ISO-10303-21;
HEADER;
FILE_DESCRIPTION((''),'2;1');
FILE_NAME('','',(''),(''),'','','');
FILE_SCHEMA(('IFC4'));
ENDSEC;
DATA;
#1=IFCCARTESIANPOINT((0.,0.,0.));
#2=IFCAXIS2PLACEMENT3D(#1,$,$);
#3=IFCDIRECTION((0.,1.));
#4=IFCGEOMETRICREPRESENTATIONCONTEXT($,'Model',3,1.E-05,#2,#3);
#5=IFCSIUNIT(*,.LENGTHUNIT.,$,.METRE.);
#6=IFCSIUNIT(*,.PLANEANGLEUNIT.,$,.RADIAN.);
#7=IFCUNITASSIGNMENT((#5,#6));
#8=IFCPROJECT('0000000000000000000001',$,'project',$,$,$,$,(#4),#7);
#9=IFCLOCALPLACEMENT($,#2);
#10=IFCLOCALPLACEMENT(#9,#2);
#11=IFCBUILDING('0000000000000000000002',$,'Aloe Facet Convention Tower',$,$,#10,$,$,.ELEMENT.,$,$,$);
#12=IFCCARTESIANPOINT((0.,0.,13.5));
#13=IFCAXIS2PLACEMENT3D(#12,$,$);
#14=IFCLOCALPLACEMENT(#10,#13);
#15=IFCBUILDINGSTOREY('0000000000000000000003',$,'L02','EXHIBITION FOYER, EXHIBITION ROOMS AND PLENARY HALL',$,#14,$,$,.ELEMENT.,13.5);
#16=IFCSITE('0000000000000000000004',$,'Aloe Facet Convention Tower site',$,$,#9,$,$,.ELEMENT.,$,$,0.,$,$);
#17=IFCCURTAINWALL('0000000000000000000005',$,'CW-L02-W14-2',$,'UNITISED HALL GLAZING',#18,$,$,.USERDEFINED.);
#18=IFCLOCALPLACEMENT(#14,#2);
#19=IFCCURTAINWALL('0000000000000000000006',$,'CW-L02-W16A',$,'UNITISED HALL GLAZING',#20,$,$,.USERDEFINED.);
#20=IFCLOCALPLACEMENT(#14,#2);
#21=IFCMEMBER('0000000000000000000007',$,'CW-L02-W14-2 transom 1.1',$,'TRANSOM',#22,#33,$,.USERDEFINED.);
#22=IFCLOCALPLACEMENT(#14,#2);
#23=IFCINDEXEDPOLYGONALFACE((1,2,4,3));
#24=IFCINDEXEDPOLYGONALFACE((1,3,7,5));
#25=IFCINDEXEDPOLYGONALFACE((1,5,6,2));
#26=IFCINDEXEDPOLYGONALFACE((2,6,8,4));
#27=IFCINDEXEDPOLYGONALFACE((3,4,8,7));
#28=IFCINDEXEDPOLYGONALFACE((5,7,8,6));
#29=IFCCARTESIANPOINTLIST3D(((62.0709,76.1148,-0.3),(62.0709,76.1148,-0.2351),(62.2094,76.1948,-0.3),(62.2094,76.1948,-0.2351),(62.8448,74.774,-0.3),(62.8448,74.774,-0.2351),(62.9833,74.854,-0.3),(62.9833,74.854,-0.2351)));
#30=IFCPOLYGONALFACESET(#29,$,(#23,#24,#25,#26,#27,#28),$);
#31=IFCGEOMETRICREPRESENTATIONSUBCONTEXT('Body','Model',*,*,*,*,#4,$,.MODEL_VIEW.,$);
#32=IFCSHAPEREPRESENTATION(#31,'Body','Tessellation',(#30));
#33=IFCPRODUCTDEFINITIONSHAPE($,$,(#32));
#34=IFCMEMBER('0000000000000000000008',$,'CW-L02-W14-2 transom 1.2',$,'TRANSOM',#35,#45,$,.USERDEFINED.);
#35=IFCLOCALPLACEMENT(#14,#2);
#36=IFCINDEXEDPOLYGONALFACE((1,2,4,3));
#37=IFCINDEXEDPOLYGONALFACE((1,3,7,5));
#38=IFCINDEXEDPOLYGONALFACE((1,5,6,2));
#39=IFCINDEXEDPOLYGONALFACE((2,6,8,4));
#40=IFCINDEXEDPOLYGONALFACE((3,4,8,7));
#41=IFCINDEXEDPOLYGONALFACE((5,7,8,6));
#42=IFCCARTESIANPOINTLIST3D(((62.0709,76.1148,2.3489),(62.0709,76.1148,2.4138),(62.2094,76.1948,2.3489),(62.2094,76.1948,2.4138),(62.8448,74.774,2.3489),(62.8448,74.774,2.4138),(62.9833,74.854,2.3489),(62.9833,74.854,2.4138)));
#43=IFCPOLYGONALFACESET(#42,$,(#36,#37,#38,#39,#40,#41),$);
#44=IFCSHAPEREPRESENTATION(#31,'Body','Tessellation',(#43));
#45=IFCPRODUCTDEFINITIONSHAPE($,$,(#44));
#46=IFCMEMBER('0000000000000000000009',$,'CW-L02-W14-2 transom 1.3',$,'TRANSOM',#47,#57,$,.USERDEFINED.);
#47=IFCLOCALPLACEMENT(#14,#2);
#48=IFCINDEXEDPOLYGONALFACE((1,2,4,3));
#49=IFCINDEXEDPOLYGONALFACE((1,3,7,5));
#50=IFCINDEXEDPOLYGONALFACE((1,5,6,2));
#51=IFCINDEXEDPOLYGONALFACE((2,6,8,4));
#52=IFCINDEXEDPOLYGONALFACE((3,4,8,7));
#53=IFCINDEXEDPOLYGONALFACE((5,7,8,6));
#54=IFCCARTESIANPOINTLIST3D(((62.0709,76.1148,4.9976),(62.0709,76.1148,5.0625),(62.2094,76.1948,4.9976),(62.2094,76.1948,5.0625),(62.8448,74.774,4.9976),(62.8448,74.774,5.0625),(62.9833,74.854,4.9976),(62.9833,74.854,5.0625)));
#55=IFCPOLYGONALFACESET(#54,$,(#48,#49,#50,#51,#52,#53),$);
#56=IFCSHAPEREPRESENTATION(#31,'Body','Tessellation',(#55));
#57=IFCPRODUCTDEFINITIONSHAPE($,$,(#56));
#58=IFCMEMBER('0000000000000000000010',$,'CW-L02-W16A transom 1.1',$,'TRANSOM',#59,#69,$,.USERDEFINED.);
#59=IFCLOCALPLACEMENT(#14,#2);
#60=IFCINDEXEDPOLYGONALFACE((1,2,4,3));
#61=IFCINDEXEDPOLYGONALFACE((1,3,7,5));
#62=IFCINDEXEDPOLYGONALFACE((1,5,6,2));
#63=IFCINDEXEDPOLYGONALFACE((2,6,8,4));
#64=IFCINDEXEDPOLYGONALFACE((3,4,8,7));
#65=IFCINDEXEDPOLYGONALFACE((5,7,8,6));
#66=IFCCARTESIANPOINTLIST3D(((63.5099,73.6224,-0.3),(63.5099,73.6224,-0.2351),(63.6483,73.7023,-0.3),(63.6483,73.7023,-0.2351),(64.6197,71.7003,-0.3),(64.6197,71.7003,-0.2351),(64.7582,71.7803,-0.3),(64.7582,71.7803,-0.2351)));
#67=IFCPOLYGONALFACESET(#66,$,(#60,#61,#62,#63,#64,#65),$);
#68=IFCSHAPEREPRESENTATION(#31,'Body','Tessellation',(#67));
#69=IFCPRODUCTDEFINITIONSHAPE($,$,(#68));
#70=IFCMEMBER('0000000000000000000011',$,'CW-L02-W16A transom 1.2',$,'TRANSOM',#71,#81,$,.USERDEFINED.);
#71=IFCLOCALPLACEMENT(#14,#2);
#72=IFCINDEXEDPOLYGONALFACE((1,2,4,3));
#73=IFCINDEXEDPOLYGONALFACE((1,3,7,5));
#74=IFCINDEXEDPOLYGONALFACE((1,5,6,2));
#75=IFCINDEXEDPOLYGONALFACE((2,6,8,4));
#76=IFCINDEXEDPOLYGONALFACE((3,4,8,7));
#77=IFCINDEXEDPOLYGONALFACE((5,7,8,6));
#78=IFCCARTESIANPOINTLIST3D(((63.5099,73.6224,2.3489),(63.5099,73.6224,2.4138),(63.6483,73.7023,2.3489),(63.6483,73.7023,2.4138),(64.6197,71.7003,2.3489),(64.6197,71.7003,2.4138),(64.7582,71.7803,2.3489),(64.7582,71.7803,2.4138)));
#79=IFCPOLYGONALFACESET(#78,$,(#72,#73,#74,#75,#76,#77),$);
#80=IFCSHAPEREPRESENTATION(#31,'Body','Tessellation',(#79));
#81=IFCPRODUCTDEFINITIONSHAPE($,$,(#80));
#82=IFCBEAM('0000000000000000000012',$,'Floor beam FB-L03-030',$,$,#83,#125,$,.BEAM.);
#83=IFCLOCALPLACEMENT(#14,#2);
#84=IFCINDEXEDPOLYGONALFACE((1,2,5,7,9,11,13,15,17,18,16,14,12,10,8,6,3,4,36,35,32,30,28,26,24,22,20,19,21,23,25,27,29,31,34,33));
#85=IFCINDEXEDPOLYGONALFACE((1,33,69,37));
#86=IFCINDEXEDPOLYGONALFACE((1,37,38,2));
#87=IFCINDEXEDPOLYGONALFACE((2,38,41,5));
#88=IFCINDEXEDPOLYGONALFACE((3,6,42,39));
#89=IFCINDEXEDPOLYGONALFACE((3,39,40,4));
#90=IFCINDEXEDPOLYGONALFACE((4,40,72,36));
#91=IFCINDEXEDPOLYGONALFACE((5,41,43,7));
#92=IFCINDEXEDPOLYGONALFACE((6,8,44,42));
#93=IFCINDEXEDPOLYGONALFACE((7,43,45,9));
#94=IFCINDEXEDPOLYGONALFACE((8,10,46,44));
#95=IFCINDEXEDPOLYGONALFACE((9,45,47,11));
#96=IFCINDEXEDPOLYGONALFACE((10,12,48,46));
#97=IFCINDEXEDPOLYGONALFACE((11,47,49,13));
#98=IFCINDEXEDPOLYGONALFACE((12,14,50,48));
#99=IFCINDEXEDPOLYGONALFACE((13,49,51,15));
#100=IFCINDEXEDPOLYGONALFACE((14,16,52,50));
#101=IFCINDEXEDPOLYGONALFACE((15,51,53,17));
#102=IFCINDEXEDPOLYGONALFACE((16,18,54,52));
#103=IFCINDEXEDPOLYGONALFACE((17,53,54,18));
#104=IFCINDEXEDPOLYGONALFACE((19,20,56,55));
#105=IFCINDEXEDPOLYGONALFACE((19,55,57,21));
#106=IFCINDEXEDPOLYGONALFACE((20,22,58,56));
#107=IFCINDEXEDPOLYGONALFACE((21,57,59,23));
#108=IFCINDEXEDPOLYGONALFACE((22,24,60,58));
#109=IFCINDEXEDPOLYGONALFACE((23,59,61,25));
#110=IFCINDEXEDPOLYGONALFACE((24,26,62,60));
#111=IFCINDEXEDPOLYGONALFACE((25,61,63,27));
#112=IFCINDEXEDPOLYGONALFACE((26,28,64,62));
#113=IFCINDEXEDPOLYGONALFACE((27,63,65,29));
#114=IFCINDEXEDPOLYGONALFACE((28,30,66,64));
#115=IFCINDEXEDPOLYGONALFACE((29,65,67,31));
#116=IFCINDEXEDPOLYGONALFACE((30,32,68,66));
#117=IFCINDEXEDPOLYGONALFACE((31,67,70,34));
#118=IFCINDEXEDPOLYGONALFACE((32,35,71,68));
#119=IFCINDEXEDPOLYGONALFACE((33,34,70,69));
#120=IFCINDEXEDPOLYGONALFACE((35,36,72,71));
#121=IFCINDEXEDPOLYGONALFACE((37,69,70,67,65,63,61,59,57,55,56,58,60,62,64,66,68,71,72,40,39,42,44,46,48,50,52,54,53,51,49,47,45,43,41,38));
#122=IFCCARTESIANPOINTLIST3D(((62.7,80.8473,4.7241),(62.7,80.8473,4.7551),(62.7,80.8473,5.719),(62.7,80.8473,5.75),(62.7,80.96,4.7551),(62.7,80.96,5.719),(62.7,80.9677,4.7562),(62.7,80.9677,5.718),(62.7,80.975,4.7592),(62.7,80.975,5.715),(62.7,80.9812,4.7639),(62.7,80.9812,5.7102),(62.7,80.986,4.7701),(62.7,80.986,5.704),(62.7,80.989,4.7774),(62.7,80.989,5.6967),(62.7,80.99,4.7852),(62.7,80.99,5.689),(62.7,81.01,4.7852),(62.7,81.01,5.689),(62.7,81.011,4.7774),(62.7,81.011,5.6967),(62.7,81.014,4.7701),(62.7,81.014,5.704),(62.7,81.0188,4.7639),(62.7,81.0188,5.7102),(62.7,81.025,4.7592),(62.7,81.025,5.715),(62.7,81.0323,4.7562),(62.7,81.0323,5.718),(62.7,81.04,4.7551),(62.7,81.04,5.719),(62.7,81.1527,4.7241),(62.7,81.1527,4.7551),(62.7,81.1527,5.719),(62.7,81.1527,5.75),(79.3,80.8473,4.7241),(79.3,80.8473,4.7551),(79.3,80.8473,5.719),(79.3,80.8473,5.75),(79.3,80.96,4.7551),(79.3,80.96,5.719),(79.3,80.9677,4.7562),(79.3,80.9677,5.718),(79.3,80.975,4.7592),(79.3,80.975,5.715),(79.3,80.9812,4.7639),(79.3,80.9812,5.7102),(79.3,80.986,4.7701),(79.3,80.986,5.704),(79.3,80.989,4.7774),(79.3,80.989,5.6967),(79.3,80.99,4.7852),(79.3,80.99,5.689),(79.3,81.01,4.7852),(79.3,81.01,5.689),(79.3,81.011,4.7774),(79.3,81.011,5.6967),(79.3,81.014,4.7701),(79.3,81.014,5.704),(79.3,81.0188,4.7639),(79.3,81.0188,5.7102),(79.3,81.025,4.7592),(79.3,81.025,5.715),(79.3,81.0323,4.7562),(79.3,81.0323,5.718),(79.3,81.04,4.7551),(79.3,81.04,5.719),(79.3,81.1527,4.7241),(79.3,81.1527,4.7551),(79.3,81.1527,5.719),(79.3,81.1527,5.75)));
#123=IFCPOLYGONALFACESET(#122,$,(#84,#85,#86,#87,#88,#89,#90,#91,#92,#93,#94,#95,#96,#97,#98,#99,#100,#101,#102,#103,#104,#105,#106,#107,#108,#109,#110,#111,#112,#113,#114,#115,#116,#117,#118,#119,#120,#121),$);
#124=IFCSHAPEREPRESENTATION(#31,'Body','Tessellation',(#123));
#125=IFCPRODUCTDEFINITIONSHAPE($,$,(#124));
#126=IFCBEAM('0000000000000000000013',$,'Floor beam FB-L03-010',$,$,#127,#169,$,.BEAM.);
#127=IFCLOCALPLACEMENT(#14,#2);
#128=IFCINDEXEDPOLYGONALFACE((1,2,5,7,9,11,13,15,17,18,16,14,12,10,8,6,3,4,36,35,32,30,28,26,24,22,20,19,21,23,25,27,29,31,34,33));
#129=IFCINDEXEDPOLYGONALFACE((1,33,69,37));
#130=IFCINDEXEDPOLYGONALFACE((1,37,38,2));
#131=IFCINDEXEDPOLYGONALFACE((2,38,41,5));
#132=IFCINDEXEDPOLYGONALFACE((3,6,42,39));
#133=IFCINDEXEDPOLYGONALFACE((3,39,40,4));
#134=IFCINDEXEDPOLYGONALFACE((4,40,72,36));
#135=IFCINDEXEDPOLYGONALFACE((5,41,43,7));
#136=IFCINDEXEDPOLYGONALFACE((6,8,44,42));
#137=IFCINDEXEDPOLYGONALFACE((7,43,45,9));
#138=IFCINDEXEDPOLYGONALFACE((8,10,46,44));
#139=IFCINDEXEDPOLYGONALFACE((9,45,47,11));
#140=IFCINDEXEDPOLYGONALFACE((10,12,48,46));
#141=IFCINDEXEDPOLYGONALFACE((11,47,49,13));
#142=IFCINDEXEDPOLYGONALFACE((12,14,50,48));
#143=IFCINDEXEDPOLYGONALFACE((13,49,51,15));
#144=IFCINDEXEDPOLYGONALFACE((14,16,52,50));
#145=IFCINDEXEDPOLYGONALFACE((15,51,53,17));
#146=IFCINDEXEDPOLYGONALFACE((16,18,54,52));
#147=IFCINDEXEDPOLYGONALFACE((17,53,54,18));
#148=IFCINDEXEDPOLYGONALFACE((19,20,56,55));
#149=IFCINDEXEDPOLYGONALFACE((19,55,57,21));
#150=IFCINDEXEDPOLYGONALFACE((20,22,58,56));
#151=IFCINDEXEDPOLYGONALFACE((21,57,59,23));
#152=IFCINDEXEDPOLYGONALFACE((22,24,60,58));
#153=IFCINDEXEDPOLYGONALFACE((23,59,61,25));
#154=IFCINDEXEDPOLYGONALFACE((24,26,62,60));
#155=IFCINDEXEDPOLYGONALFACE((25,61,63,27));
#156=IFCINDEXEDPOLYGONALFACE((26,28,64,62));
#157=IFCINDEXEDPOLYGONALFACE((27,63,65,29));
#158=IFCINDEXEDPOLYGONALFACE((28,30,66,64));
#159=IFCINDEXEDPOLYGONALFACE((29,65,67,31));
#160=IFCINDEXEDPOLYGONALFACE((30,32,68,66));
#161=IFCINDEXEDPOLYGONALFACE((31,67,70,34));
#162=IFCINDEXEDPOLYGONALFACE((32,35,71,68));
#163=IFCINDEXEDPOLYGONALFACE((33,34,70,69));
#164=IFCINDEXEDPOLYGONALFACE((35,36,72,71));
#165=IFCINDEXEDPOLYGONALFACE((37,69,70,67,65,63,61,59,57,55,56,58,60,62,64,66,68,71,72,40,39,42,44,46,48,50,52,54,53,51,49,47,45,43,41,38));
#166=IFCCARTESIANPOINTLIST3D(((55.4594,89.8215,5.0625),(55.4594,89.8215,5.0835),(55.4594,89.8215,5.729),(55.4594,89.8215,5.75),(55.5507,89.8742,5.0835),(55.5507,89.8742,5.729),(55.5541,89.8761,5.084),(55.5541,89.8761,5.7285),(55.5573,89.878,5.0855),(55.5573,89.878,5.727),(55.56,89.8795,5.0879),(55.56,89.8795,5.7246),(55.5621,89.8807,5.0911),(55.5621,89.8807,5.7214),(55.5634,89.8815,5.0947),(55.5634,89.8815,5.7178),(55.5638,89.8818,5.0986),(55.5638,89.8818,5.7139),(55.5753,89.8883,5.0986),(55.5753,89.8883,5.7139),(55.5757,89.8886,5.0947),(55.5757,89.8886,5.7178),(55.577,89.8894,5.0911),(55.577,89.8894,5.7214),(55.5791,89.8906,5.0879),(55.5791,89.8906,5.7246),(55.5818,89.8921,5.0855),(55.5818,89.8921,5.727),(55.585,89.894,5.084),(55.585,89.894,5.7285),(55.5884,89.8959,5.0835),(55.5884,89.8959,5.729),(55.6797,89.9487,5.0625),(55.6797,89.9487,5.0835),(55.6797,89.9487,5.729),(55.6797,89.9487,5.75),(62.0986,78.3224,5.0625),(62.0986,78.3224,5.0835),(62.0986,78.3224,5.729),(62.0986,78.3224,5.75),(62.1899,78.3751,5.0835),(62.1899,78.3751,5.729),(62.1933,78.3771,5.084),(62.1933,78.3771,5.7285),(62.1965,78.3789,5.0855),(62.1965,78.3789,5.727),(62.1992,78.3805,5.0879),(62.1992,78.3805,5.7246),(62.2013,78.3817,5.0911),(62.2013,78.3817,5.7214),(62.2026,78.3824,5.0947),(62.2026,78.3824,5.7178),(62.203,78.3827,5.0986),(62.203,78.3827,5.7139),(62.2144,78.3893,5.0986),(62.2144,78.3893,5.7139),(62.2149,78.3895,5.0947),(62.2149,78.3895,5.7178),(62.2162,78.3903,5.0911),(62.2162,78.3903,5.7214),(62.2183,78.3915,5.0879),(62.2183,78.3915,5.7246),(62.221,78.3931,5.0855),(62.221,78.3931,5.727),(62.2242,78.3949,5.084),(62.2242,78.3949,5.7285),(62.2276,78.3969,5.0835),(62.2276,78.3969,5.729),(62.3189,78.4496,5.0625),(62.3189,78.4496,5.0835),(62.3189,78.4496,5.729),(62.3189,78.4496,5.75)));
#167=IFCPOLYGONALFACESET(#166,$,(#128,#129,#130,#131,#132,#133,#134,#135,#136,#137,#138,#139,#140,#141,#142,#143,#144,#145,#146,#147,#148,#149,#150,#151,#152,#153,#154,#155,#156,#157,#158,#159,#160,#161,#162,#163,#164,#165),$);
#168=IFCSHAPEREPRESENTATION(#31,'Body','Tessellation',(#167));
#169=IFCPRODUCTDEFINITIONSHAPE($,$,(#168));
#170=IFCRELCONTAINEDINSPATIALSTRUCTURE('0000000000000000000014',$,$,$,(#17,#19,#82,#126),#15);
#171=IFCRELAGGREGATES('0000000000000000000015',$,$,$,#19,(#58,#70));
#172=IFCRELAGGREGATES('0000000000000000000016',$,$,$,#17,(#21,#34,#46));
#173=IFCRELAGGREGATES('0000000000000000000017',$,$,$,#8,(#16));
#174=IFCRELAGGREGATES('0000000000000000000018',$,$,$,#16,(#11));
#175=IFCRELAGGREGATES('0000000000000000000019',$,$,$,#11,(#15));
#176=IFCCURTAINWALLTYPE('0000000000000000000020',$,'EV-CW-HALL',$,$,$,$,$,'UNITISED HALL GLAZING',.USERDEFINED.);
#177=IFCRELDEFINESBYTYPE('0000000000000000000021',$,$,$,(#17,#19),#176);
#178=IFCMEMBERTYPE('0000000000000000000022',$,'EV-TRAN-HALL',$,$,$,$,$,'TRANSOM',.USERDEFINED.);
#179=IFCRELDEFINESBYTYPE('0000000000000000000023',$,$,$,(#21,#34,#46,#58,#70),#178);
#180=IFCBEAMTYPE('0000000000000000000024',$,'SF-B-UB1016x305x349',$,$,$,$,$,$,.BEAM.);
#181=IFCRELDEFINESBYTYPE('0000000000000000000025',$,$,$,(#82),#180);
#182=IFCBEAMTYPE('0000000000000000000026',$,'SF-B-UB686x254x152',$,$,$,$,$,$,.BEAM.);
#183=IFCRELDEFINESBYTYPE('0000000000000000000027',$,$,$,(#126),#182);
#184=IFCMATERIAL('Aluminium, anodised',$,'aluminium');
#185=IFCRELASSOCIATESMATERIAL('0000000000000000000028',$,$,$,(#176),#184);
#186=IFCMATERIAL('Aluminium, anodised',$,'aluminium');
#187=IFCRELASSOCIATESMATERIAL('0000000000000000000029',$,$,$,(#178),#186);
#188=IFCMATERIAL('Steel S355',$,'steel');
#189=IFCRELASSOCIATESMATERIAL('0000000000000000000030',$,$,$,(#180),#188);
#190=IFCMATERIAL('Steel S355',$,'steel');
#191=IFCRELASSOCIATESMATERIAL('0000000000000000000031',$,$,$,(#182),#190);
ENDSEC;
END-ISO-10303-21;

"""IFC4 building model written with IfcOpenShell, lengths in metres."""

from ifc_helpers import new_model, si_unit, direction, frame, origin, origin_2d, place, context, subcontext, project, spatial, rectangle, i_section, extrude, material, material_profile, profile_set, type_object, element, aggregate, save


model = new_model("IFC4")

# Units and contexts
model_context = context("Model", 3, precision=1e-05, world=origin(), true_north=direction((0.0, 1.0)))
body_context = subcontext(model_context, "Body", "Model", "MODEL_VIEW")
ifc_project = project(units=[si_unit("LENGTHUNIT", "METRE"), si_unit("PLANEANGLEUNIT", "RADIAN")], contexts=[model_context])

# Site, building, storey
site_placement = place(None, origin())
site = spatial("IfcSite", under=ifc_project, at=site_placement, Name="Aloe Facet Convention Tower site", CompositionType="ELEMENT", RefElevation=0.0)
building_placement = place(site_placement, origin())
building = spatial("IfcBuilding", under=site, at=building_placement, Name="Aloe Facet Convention Tower", CompositionType="ELEMENT")
storey_placement = place(building_placement, frame((0.0, 0.0, 13.5)))
storey = spatial("IfcBuildingStorey", under=building, at=storey_placement, Name="L02", Description="EXHIBITION FOYER, EXHIBITION ROOMS AND PLENARY HALL", CompositionType="ELEMENT", Elevation=13.5)

# Curtain wall
ifc_material_1 = material(Name="Aluminium, anodised", Category="aluminium")
curtain_wall_type = type_object("IfcCurtainWallType", Name="EV-CW-HALL", ElementType="UNITISED HALL GLAZING", PredefinedType="USERDEFINED", material=ifc_material_1)
curtain_wall_1_placement = place(storey_placement, origin())
curtain_wall_1 = element("IfcCurtainWall", 1, at=curtain_wall_1_placement, inside=storey, type_object=curtain_wall_type, Name="CW-L02-W14-2", ObjectType="UNITISED HALL GLAZING", PredefinedType="USERDEFINED")

# Curtain wall
curtain_wall_2_placement = place(storey_placement, origin())
curtain_wall_2 = element("IfcCurtainWall", 2, at=curtain_wall_2_placement, inside=storey, type_object=curtain_wall_type, Name="CW-L02-W16A", ObjectType="UNITISED HALL GLAZING", PredefinedType="USERDEFINED")

# Members
ifc_material_2 = material(Name="Aluminium, anodised", Category="aluminium")
ifc_material_profile_1 = material_profile(ifc_material_2, rectangle(XDim=0.1599, YDim=0.0649, at=origin_2d()), Name="AL 160x65")
ifc_profile_set_1 = profile_set([ifc_material_profile_1], Name="Aluminium, anodised")
member_type_1 = type_object("IfcMemberType", Name="EV-TRAN-HALL", ElementType="TRANSOM", PredefinedType="USERDEFINED", material=ifc_profile_set_1)
member_1_placement = place(storey_placement, frame((62.1401, 76.1548, -0.2676), z_axis=(0.499904, -0.866081, 0.0), x_axis=(0.866081, 0.499904, 0.0)))
member_1 = element("IfcMember", 3, at=member_1_placement, type_object=member_type_1, Name="CW-L02-W14-2 transom 1.1", ObjectType="TRANSOM", PredefinedType="USERDEFINED", context=body_context, shape_type="SweptSolid", body=[
    extrude(rectangle(XDim=0.1599, YDim=0.0649, at=origin_2d()), origin(), (0.0, 0.0, 1.0), 1.5481),
])
member_2_placement = place(storey_placement, frame((62.1401, 76.1548, 2.3813), z_axis=(0.499904, -0.866081, 0.0), x_axis=(0.866081, 0.499904, 0.0)))
member_2 = element("IfcMember", 4, at=member_2_placement, type_object=member_type_1, Name="CW-L02-W14-2 transom 1.2", ObjectType="TRANSOM", PredefinedType="USERDEFINED", context=body_context, shape_type="SweptSolid", body=[
    extrude(rectangle(XDim=0.1599, YDim=0.0649, at=origin_2d()), origin(), (0.0, 0.0, 1.0), 1.5481),
])
member_3_placement = place(storey_placement, frame((62.1401, 76.1548, 5.03), z_axis=(0.499904, -0.866081, 0.0), x_axis=(0.866081, 0.499904, 0.0)))
member_3 = element("IfcMember", 5, at=member_3_placement, type_object=member_type_1, Name="CW-L02-W14-2 transom 1.3", ObjectType="TRANSOM", PredefinedType="USERDEFINED", context=body_context, shape_type="SweptSolid", body=[
    extrude(rectangle(XDim=0.1599, YDim=0.0649, at=origin_2d()), origin(), (0.0, 0.0, 1.0), 1.5481),
])
member_4_placement = place(storey_placement, frame((63.5791, 73.6624, -0.2676), z_axis=(0.500043, -0.866001, 0.0), x_axis=(0.866001, 0.500043, 0.0)))
member_4 = element("IfcMember", 6, at=member_4_placement, type_object=member_type_1, Name="CW-L02-W16A transom 1.1", ObjectType="TRANSOM", PredefinedType="USERDEFINED", context=body_context, shape_type="SweptSolid", body=[
    extrude(rectangle(XDim=0.1599, YDim=0.0649, at=origin_2d()), origin(), (0.0, 0.0, 1.0), 2.2195),
])
member_5_placement = place(storey_placement, frame((63.5791, 73.6624, 2.3813), z_axis=(0.500043, -0.866001, 0.0), x_axis=(0.866001, 0.500043, 0.0)))
member_5 = element("IfcMember", 7, at=member_5_placement, type_object=member_type_1, Name="CW-L02-W16A transom 1.2", ObjectType="TRANSOM", PredefinedType="USERDEFINED", context=body_context, shape_type="SweptSolid", body=[
    extrude(rectangle(XDim=0.1599, YDim=0.0649, at=origin_2d()), origin(), (0.0, 0.0, 1.0), 2.2195),
])
aggregate(curtain_wall_2, [member_4, member_5])

# Beams
ifc_material_3 = material(Name="Steel S355", Category="steel")
ifc_material_profile_2 = material_profile(ifc_material_3, i_section(OverallWidth=0.3054, OverallDepth=1.0259, WebThickness=0.02, FlangeThickness=0.031, FilletRadius=0.03, at=origin_2d()), Name="UB 1016x305x349")
ifc_profile_set_2 = profile_set([ifc_material_profile_2], Name="Steel S355")
beam_type_1 = type_object("IfcBeamType", Name="SF-B-UB1016x305x349", PredefinedType="BEAM", material=ifc_profile_set_2)
beam_1_placement = place(storey_placement, frame((62.7, 81.0, 5.2371), z_axis=(1.0, 0.0, 0.0), x_axis=(0.0, 1.0, 0.0)))
element("IfcBeam", 8, at=beam_1_placement, inside=storey, type_object=beam_type_1, Name="Floor beam FB-L03-030", PredefinedType="BEAM", context=body_context, shape_type="SweptSolid", body=[
    extrude(i_section(OverallWidth=0.3054, OverallDepth=1.0259, WebThickness=0.02, FlangeThickness=0.031, FilletRadius=0.03, at=origin_2d()), origin(), (0.0, 0.0, 1.0), 16.6001),
])
ifc_material_4 = material(Name="Steel S355", Category="steel")
ifc_material_profile_3 = material_profile(ifc_material_4, i_section(OverallWidth=0.2544, OverallDepth=0.6875, WebThickness=0.0132, FlangeThickness=0.021, FilletRadius=0.0151, at=origin_2d()), Name="UB 686x254x152")
ifc_profile_set_3 = profile_set([ifc_material_profile_3], Name="Steel S355")
beam_type_2 = type_object("IfcBeamType", Name="SF-B-UB686x254x152", PredefinedType="BEAM", material=ifc_profile_set_3)
beam_2_placement = place(storey_placement, frame((62.2087, 78.386, 5.4062), z_axis=(-0.500011, 0.866019, 0.0), x_axis=(-0.866019, -0.500011, 0.0)))
element("IfcBeam", 9, at=beam_2_placement, inside=storey, type_object=beam_type_2, Name="Floor beam FB-L03-010", PredefinedType="BEAM", context=body_context, shape_type="SweptSolid", body=[
    extrude(i_section(OverallWidth=0.2544, OverallDepth=0.6875, WebThickness=0.0132, FlangeThickness=0.021, FilletRadius=0.0151, at=origin_2d()), origin(), (0.0, 0.0, 1.0), 13.2781),
])

aggregate(curtain_wall_1, [member_1, member_2, member_3])

save(model, "model.ifc")
